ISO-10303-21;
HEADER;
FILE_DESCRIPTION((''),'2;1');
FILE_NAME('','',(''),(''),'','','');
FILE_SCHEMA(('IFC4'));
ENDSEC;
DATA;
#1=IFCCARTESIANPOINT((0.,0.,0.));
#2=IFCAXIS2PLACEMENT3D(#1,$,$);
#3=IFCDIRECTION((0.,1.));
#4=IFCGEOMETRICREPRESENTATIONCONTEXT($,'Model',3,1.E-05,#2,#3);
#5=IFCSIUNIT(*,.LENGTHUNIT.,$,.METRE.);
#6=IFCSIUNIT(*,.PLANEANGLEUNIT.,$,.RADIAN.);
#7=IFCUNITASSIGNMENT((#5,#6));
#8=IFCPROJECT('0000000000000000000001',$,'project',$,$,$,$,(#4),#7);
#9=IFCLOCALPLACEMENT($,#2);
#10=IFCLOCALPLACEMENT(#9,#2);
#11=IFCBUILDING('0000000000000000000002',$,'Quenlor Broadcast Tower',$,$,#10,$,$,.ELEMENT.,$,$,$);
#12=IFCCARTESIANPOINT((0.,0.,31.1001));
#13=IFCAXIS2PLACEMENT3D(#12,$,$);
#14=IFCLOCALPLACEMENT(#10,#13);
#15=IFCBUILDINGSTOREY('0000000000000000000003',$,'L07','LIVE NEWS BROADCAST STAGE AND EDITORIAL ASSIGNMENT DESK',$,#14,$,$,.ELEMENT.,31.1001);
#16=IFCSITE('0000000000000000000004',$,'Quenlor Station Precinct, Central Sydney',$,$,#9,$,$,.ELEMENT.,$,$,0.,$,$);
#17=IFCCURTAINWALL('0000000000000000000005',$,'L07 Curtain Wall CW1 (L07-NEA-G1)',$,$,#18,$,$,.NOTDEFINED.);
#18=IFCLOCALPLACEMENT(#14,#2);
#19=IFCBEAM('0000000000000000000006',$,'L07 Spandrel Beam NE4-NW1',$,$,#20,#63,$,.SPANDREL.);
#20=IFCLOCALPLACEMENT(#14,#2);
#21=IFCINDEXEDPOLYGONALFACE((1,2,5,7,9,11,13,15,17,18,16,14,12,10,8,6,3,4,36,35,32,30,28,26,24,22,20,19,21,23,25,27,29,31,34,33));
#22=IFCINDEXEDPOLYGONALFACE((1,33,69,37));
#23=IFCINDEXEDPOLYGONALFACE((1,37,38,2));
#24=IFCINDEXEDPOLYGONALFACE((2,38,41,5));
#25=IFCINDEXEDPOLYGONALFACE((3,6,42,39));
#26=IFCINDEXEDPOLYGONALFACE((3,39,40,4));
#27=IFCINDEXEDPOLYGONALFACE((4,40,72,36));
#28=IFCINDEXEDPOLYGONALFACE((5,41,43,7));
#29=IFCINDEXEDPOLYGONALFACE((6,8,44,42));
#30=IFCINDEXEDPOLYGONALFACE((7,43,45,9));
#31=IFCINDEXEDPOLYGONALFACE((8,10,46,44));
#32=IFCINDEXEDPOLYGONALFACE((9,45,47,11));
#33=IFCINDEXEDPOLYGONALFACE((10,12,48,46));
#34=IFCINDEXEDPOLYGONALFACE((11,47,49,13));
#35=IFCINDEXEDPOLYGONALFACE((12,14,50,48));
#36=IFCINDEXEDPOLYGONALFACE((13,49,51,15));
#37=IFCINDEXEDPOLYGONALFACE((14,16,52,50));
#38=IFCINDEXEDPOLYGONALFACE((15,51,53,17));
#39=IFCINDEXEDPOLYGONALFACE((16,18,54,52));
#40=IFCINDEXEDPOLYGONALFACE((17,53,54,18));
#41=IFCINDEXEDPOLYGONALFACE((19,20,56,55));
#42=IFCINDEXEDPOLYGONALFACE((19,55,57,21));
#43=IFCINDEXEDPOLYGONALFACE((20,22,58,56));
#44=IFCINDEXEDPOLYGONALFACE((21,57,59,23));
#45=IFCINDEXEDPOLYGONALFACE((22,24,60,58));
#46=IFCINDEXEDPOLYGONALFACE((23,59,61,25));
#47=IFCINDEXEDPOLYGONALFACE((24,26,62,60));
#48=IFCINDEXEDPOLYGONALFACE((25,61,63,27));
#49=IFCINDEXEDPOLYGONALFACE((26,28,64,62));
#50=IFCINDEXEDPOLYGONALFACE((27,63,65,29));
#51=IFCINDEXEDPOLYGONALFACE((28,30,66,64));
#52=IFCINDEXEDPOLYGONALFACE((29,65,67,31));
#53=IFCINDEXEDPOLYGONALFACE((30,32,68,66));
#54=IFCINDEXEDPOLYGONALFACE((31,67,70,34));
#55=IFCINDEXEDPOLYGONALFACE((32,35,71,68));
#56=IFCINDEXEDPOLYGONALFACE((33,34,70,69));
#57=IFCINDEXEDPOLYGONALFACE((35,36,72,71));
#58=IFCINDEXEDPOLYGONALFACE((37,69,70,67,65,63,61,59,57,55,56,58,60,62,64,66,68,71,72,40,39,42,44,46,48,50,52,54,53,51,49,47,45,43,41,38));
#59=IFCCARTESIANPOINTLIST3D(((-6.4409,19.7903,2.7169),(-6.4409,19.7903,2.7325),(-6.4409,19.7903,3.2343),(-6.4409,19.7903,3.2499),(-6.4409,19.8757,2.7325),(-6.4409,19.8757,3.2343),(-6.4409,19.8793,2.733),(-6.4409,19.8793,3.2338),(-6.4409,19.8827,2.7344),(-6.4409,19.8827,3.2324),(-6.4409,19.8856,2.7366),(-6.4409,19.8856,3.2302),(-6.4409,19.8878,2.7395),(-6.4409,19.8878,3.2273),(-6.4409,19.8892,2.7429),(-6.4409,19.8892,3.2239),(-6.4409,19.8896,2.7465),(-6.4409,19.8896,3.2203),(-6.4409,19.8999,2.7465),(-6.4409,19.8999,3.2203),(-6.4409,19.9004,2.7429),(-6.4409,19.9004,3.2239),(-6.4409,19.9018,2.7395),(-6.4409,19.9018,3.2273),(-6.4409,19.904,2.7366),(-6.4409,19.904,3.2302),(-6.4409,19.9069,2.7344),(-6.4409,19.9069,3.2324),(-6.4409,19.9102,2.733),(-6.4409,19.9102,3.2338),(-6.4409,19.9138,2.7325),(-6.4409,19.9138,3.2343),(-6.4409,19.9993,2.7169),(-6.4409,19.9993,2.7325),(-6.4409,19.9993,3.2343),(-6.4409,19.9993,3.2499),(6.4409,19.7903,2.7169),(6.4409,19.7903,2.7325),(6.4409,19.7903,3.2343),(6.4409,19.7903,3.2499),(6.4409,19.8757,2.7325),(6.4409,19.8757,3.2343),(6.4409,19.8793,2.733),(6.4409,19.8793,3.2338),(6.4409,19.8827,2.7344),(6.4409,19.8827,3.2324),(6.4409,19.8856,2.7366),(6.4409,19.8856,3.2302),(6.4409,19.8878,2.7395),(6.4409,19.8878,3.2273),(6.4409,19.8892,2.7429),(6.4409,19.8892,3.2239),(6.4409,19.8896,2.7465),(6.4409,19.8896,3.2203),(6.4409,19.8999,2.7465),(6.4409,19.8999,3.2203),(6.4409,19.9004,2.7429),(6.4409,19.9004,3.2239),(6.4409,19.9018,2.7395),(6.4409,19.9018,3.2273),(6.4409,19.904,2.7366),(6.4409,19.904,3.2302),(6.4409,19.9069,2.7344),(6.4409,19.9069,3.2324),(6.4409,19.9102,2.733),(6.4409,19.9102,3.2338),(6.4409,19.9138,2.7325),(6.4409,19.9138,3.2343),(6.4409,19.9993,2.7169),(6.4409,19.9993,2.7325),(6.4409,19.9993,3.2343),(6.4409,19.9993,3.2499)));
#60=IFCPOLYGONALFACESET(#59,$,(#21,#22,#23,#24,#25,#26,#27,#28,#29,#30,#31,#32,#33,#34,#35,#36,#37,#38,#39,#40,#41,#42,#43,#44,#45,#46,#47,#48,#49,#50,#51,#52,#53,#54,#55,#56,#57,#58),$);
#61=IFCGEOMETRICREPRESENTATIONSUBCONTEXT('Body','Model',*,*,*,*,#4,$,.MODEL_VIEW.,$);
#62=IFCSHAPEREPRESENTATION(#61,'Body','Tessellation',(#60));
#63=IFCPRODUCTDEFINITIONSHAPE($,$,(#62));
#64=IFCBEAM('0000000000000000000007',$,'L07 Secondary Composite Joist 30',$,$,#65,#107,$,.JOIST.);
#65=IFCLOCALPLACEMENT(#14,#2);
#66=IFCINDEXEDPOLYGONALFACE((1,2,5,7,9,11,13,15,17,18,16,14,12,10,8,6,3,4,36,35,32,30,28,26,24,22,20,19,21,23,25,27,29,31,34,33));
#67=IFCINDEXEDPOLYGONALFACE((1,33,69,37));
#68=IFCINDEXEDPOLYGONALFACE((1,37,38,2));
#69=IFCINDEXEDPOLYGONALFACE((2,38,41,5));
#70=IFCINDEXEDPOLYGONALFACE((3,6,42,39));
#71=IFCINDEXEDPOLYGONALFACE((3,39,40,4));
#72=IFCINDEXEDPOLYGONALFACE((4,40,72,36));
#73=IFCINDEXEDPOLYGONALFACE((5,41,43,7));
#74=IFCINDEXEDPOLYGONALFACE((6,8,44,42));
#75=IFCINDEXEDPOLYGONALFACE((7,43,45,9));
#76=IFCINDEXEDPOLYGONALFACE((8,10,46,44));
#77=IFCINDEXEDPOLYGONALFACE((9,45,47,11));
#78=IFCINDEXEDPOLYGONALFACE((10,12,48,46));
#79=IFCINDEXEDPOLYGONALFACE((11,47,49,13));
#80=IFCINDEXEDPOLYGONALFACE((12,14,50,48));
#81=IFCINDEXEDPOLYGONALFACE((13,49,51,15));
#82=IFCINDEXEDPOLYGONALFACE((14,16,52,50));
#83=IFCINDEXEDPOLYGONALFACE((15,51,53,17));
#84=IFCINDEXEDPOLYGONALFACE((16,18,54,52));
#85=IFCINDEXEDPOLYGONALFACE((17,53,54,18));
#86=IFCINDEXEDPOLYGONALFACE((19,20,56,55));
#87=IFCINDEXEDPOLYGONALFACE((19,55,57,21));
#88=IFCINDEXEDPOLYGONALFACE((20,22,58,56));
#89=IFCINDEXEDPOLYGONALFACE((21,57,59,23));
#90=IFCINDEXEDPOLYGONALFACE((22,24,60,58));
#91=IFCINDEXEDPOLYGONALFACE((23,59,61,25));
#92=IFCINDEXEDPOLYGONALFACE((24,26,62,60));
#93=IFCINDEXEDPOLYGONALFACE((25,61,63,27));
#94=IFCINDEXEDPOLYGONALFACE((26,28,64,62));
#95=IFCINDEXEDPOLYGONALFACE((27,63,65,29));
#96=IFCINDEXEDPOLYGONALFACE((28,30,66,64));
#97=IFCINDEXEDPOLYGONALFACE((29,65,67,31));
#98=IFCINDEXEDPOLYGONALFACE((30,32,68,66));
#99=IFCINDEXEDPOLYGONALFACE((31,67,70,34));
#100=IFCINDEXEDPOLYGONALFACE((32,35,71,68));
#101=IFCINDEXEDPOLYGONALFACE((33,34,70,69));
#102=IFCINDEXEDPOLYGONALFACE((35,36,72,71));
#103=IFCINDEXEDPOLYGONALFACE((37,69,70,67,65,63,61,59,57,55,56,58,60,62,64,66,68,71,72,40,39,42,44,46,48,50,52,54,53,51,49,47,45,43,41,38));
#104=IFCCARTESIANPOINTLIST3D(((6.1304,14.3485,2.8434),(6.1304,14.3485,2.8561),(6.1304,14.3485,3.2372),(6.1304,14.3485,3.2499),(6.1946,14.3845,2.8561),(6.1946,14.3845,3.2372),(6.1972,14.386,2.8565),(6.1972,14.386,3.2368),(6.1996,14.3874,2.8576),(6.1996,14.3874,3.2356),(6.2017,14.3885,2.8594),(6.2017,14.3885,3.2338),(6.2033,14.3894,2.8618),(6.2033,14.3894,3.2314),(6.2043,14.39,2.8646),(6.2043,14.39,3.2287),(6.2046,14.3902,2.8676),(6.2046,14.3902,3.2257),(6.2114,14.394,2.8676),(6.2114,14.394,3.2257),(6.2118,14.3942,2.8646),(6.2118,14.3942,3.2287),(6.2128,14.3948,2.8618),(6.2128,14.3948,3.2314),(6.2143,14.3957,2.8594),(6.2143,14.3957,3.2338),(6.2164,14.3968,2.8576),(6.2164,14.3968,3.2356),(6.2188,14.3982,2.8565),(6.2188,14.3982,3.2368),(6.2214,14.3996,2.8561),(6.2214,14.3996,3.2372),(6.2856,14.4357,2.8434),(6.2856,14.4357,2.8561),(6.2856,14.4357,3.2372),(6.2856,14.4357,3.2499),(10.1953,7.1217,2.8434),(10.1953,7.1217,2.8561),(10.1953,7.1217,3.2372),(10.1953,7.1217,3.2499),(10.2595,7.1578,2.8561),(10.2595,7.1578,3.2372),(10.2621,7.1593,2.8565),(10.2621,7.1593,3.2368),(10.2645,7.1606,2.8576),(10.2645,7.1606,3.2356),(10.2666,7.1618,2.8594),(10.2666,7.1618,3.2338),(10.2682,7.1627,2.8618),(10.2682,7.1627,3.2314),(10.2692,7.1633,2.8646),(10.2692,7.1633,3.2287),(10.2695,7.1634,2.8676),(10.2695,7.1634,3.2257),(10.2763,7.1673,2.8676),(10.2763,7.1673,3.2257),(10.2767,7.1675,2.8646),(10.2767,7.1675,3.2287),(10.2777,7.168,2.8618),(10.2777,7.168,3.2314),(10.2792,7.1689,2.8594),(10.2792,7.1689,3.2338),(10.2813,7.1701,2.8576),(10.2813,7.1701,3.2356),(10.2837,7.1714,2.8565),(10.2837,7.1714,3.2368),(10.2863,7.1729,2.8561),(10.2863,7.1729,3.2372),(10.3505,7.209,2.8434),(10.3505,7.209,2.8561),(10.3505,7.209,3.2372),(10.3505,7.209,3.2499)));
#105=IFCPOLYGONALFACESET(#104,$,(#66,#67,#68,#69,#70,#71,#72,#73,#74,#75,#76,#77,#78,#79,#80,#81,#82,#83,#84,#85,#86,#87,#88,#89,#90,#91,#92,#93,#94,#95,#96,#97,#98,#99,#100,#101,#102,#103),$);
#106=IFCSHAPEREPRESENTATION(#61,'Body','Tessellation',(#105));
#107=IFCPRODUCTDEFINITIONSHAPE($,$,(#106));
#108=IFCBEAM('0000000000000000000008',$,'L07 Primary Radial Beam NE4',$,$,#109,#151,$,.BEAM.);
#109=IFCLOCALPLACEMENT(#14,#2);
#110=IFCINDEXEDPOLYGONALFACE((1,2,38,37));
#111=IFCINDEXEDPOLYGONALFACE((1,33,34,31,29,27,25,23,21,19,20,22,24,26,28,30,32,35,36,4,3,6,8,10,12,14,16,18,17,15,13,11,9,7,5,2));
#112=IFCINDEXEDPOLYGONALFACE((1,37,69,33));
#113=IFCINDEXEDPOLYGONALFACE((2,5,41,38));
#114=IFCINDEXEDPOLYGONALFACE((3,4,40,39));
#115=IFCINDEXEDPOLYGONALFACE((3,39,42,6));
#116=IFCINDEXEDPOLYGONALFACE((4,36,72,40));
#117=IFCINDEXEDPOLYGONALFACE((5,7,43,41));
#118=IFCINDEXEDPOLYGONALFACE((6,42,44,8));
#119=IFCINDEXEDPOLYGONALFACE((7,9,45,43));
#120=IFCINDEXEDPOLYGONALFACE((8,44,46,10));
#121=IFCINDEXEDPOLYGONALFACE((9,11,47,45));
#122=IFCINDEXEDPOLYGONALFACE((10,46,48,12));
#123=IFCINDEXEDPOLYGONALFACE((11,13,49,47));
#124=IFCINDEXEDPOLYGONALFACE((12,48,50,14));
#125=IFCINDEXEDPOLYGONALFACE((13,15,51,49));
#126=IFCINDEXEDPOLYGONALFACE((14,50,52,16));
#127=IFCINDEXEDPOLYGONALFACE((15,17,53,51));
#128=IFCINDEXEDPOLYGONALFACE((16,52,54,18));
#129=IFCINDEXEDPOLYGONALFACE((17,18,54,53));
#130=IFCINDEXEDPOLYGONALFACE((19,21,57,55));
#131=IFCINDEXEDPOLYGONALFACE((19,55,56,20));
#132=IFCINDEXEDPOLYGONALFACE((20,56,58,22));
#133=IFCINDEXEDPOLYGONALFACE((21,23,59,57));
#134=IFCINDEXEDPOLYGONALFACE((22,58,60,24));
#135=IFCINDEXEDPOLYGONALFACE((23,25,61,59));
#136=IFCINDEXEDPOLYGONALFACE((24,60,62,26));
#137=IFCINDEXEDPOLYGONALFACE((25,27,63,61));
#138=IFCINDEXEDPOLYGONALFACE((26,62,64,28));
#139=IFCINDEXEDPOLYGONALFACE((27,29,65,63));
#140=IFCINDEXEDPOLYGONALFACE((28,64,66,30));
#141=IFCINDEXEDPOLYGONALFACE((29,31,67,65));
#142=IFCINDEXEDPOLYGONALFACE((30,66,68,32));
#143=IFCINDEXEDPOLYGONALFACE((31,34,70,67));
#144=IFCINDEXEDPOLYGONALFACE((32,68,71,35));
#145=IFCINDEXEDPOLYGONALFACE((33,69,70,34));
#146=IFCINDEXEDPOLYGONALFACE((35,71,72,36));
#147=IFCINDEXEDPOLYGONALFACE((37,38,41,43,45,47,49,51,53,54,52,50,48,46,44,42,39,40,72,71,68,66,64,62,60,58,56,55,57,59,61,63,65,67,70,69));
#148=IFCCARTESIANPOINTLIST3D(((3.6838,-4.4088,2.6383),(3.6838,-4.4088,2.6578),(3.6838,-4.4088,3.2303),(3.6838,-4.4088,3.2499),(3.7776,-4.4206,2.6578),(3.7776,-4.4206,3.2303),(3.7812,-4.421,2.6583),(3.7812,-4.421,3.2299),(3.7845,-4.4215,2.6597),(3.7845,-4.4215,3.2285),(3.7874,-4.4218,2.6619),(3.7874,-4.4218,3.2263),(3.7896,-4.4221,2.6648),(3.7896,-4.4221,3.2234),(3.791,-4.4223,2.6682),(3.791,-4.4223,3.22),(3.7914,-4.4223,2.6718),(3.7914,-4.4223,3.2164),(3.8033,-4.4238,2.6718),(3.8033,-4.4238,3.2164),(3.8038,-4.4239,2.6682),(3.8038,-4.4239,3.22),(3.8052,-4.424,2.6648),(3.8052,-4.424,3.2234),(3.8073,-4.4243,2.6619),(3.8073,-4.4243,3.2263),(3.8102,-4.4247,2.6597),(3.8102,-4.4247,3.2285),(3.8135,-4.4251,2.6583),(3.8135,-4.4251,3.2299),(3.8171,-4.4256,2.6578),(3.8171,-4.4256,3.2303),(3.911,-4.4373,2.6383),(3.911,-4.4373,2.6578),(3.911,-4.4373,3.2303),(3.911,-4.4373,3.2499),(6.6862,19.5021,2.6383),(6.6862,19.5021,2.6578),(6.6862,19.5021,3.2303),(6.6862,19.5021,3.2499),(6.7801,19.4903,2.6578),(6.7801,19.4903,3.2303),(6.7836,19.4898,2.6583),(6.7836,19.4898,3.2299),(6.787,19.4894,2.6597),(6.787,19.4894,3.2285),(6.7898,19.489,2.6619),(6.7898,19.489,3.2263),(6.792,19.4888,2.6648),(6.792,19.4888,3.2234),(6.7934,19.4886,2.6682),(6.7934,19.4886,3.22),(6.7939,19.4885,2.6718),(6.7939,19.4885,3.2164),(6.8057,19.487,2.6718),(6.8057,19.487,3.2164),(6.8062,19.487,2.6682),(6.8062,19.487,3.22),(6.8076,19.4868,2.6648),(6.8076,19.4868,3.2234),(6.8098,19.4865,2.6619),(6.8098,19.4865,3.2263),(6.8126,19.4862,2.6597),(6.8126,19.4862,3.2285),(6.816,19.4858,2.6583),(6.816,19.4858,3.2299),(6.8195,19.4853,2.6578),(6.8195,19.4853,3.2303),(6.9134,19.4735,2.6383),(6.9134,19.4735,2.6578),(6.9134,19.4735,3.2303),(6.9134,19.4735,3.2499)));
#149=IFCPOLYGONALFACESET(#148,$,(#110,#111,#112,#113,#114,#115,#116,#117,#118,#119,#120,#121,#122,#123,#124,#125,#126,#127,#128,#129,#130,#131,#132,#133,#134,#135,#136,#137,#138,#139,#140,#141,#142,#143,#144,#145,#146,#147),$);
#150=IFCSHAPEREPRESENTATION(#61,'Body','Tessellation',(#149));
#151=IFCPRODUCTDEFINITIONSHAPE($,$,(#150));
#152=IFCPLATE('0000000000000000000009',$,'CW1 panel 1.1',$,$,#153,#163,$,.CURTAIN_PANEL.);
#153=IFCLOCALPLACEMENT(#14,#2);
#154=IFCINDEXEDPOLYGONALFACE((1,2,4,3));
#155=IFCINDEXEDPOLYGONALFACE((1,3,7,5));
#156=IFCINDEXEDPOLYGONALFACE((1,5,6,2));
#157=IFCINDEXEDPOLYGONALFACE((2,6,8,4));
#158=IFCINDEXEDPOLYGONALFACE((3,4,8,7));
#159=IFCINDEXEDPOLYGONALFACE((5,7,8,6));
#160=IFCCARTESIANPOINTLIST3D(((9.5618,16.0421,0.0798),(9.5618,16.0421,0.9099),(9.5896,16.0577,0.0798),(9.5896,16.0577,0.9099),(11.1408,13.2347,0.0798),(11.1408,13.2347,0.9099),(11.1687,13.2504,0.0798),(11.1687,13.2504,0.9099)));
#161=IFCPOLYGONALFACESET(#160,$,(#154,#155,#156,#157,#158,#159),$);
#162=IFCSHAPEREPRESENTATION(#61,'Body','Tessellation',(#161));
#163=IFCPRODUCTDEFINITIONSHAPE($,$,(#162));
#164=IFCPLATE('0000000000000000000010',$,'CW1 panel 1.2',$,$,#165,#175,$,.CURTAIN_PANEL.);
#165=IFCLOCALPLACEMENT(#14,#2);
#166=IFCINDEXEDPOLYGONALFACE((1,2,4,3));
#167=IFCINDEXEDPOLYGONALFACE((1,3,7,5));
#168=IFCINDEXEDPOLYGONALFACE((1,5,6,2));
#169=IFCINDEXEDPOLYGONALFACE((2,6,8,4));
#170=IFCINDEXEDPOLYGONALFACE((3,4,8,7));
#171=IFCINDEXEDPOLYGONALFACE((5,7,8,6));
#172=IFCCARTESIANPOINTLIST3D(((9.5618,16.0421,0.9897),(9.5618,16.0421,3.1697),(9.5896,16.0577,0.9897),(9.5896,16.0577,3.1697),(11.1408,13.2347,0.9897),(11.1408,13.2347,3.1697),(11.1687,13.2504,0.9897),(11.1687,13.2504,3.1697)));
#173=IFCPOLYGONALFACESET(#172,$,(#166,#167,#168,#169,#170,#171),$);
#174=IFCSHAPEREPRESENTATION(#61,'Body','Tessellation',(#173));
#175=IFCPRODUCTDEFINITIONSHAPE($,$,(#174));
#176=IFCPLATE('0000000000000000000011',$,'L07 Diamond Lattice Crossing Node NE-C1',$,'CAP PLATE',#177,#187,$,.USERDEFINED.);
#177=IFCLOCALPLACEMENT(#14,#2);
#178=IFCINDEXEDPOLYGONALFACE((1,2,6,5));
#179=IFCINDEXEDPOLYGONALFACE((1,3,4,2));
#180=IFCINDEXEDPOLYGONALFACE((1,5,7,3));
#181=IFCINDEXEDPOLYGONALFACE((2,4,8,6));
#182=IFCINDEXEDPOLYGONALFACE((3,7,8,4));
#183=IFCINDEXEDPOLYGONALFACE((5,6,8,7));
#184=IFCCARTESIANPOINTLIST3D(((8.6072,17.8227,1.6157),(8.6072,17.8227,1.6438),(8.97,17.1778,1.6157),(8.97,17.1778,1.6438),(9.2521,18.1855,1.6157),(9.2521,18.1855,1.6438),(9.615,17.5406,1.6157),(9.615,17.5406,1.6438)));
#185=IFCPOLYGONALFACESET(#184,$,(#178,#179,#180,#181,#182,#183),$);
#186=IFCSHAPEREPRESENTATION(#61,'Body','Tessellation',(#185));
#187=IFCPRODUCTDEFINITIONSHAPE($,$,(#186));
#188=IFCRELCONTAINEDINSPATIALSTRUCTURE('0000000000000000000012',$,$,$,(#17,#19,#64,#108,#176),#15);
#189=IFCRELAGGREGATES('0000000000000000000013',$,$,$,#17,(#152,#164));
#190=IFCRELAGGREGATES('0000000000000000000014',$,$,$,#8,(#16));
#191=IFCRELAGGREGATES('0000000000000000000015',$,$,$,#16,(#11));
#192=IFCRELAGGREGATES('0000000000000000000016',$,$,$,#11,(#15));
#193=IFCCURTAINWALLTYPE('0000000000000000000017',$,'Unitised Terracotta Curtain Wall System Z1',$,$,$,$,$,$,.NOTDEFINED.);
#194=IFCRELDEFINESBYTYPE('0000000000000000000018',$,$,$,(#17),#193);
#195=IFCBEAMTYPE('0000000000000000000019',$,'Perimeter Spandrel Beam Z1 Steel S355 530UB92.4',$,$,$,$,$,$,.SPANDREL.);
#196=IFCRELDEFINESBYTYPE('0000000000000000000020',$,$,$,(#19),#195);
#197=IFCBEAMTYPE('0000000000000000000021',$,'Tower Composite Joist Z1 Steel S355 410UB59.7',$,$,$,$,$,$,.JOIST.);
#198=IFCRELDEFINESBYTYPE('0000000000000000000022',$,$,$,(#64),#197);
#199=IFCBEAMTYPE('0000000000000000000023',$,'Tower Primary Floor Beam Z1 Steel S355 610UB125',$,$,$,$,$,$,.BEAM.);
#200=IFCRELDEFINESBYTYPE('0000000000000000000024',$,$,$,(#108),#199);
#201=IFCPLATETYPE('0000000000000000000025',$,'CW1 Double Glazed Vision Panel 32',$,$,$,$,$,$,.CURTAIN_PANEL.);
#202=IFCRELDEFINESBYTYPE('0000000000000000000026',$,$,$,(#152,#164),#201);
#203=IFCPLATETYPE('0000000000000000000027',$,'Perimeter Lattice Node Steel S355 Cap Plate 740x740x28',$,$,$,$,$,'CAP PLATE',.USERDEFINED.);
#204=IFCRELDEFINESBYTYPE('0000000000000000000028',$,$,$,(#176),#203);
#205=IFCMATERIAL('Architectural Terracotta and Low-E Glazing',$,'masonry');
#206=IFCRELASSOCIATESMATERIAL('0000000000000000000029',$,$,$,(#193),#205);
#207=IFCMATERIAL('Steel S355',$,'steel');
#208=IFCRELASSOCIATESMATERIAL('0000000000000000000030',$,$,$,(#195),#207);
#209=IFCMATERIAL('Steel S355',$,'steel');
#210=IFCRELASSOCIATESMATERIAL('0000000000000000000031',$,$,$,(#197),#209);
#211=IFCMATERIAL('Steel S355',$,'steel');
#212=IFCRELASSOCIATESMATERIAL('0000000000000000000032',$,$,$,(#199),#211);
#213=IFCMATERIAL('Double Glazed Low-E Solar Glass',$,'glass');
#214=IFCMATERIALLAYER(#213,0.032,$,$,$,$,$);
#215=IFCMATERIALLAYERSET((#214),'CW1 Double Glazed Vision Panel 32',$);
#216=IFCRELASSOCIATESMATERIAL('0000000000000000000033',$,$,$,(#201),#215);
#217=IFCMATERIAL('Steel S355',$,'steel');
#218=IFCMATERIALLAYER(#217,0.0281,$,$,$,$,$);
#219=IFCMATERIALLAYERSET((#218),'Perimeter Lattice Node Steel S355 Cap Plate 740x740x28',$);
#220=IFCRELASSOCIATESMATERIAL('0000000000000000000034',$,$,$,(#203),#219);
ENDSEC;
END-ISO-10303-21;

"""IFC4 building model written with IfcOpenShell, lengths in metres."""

from ifc_helpers import new_model, si_unit, direction, frame, origin, origin_2d, place, context, subcontext, project, spatial, rectangle, i_section, extrude, material, layer, layer_set, material_profile, profile_set, type_object, element, aggregate, save


model = new_model("IFC4")

# Units and contexts
model_context = context("Model", 3, precision=1e-05, world=origin(), true_north=direction((0.0, 1.0)))
body_context = subcontext(model_context, "Body", "Model", "MODEL_VIEW")
ifc_project = project(units=[si_unit("LENGTHUNIT", "METRE"), si_unit("PLANEANGLEUNIT", "RADIAN")], contexts=[model_context])

# Site, building, storey
site_placement = place(None, origin())
site = spatial("IfcSite", under=ifc_project, at=site_placement, Name="Quenlor Station Precinct, Central Sydney", CompositionType="ELEMENT", RefElevation=0.0)
building_placement = place(site_placement, origin())
building = spatial("IfcBuilding", under=site, at=building_placement, Name="Quenlor Broadcast Tower", CompositionType="ELEMENT")
storey_placement = place(building_placement, frame((0.0, 0.0, 31.1001)))
storey = spatial("IfcBuildingStorey", under=building, at=storey_placement, Name="L07", Description="LIVE NEWS BROADCAST STAGE AND EDITORIAL ASSIGNMENT DESK", CompositionType="ELEMENT", Elevation=31.1001)

# Curtain wall
ifc_material_1 = material(Name="Architectural Terracotta and Low-E Glazing", Category="masonry")
curtain_wall_type = type_object("IfcCurtainWallType", Name="Unitised Terracotta Curtain Wall System Z1", PredefinedType="NOTDEFINED", material=ifc_material_1)
curtain_wall_placement = place(storey_placement, origin())
curtain_wall = element("IfcCurtainWall", 1, at=curtain_wall_placement, inside=storey, type_object=curtain_wall_type, Name="L07 Curtain Wall CW1 (L07-NEA-G1)", PredefinedType="NOTDEFINED")

# Beams
ifc_material_2 = material(Name="Steel S355", Category="steel")
ifc_material_profile_1 = material_profile(ifc_material_2, i_section(OverallWidth=0.209, OverallDepth=0.533, WebThickness=0.0103, FlangeThickness=0.0156, FilletRadius=0.0139, at=origin_2d()))
ifc_profile_set_1 = profile_set([ifc_material_profile_1], Name="Steel S355 530UB92.4")
beam_type_1 = type_object("IfcBeamType", Name="Perimeter Spandrel Beam Z1 Steel S355 530UB92.4", PredefinedType="SPANDREL", material=ifc_profile_set_1)
beam_1_placement = place(storey_placement, frame((6.4409, 19.8948, 2.9834), z_axis=(-1.0, 0.0, 0.0), x_axis=(0.0, -1.0, 0.0)))
element("IfcBeam", 2, at=beam_1_placement, inside=storey, type_object=beam_type_1, Name="L07 Spandrel Beam NE4-NW1", PredefinedType="SPANDREL", context=body_context, shape_type="SweptSolid", body=[
    extrude(i_section(OverallWidth=0.209, OverallDepth=0.533, WebThickness=0.0103, FlangeThickness=0.0156, FilletRadius=0.0139, at=origin_2d()), origin(), (0.0, 0.0, 1.0), 12.8818),
])
ifc_material_3 = material(Name="Steel S355", Category="steel")
ifc_material_profile_2 = material_profile(ifc_material_3, i_section(OverallWidth=0.178, OverallDepth=0.4065, WebThickness=0.0078, FlangeThickness=0.0127, FilletRadius=0.0115, at=origin_2d()))
ifc_profile_set_2 = profile_set([ifc_material_profile_2], Name="Steel S355 410UB59.7")
beam_type_2 = type_object("IfcBeamType", Name="Tower Composite Joist Z1 Steel S355 410UB59.7", PredefinedType="JOIST", material=ifc_profile_set_2)
beam_2_placement = place(storey_placement, frame((6.208, 14.3921, 3.0466), z_axis=(0.490249, -0.871583, 0.0), x_axis=(0.871583, 0.490249, 0.0)))
element("IfcBeam", 3, at=beam_2_placement, inside=storey, type_object=beam_type_2, Name="L07 Secondary Composite Joist 30", PredefinedType="JOIST", context=body_context, shape_type="SweptSolid", body=[
    extrude(i_section(OverallWidth=0.178, OverallDepth=0.4065, WebThickness=0.0078, FlangeThickness=0.0127, FilletRadius=0.0115, at=origin_2d()), origin(), (0.0, 0.0, 1.0), 8.2915),
])
ifc_material_4 = material(Name="Steel S355", Category="steel")
ifc_material_profile_3 = material_profile(ifc_material_4, i_section(OverallWidth=0.229, OverallDepth=0.6116, WebThickness=0.012, FlangeThickness=0.0195, FilletRadius=0.0139, at=origin_2d()))
ifc_profile_set_3 = profile_set([ifc_material_profile_3], Name="Steel S355 610UB125")
beam_type_3 = type_object("IfcBeamType", Name="Tower Primary Floor Beam Z1 Steel S355 610UB125", PredefinedType="BEAM", material=ifc_profile_set_3)
beam_3_placement = place(storey_placement, frame((6.7998, 19.4878, 2.9441), z_axis=(-0.12459, -0.992208, 0.0), x_axis=(0.992208, -0.12459, 0.0)))
element("IfcBeam", 4, at=beam_3_placement, inside=storey, type_object=beam_type_3, Name="L07 Primary Radial Beam NE4", PredefinedType="BEAM", context=body_context, shape_type="SweptSolid", body=[
    extrude(i_section(OverallWidth=0.229, OverallDepth=0.6116, WebThickness=0.012, FlangeThickness=0.0195, FilletRadius=0.0139, at=origin_2d()), origin(), (0.0, 0.0, 1.0), 24.0986),
])

# Plates
ifc_material_5 = material(Name="Double Glazed Low-E Solar Glass", Category="glass")
ifc_layer_1 = layer(ifc_material_5, 0.032)
ifc_layer_set_1 = layer_set([ifc_layer_1], Name="CW1 Double Glazed Vision Panel 32")
plate_type_1 = type_object("IfcPlateType", Name="CW1 Double Glazed Vision Panel 32", PredefinedType="CURTAIN_PANEL", material=ifc_layer_set_1)
plate_1_placement = place(storey_placement, frame((10.3652, 14.6462, 0.0798), z_axis=(0.0, 0.0, 1.0), x_axis=(0.490244, -0.871585, 0.0)))
plate_1 = element("IfcPlate", 5, at=plate_1_placement, type_object=plate_type_1, Name="CW1 panel 1.1", PredefinedType="CURTAIN_PANEL", context=body_context, shape_type="SweptSolid", body=[
    extrude(rectangle(XDim=3.2209, YDim=0.032, at=origin_2d()), origin(), (0.0, 0.0, 1.0), 0.8301),
])
plate_2_placement = place(storey_placement, frame((10.3652, 14.6462, 0.9897), z_axis=(0.0, 0.0, 1.0), x_axis=(0.490244, -0.871585, 0.0)))
plate_2 = element("IfcPlate", 6, at=plate_2_placement, type_object=plate_type_1, Name="CW1 panel 1.2", PredefinedType="CURTAIN_PANEL", context=body_context, shape_type="SweptSolid", body=[
    extrude(rectangle(XDim=3.2209, YDim=0.032, at=origin_2d()), origin(), (0.0, 0.0, 1.0), 2.1799),
])
aggregate(curtain_wall, [plate_1, plate_2])

# Plate
ifc_material_6 = material(Name="Steel S355", Category="steel")
ifc_layer_2 = layer(ifc_material_6, 0.0281)
ifc_layer_set_2 = layer_set([ifc_layer_2], Name="Perimeter Lattice Node Steel S355 Cap Plate 740x740x28")
plate_type_2 = type_object("IfcPlateType", Name="Perimeter Lattice Node Steel S355 Cap Plate 740x740x28", ElementType="CAP PLATE", PredefinedType="USERDEFINED", material=ifc_layer_set_2)
plate_3_placement = place(storey_placement, frame((9.1111, 17.6816, 1.6157), z_axis=(0.0, 0.0, 1.0), x_axis=(0.490295, -0.871556, 0.0)))
element("IfcPlate", 7, at=plate_3_placement, inside=storey, type_object=plate_type_2, Name="L07 Diamond Lattice Crossing Node NE-C1", ObjectType="CAP PLATE", PredefinedType="USERDEFINED", context=body_context, shape_type="SweptSolid", body=[
    extrude(rectangle(XDim=0.74, YDim=0.74, at=origin_2d()), origin(), (0.0, 0.0, 1.0), 0.0281),
])

save(model, "model.ifc")
